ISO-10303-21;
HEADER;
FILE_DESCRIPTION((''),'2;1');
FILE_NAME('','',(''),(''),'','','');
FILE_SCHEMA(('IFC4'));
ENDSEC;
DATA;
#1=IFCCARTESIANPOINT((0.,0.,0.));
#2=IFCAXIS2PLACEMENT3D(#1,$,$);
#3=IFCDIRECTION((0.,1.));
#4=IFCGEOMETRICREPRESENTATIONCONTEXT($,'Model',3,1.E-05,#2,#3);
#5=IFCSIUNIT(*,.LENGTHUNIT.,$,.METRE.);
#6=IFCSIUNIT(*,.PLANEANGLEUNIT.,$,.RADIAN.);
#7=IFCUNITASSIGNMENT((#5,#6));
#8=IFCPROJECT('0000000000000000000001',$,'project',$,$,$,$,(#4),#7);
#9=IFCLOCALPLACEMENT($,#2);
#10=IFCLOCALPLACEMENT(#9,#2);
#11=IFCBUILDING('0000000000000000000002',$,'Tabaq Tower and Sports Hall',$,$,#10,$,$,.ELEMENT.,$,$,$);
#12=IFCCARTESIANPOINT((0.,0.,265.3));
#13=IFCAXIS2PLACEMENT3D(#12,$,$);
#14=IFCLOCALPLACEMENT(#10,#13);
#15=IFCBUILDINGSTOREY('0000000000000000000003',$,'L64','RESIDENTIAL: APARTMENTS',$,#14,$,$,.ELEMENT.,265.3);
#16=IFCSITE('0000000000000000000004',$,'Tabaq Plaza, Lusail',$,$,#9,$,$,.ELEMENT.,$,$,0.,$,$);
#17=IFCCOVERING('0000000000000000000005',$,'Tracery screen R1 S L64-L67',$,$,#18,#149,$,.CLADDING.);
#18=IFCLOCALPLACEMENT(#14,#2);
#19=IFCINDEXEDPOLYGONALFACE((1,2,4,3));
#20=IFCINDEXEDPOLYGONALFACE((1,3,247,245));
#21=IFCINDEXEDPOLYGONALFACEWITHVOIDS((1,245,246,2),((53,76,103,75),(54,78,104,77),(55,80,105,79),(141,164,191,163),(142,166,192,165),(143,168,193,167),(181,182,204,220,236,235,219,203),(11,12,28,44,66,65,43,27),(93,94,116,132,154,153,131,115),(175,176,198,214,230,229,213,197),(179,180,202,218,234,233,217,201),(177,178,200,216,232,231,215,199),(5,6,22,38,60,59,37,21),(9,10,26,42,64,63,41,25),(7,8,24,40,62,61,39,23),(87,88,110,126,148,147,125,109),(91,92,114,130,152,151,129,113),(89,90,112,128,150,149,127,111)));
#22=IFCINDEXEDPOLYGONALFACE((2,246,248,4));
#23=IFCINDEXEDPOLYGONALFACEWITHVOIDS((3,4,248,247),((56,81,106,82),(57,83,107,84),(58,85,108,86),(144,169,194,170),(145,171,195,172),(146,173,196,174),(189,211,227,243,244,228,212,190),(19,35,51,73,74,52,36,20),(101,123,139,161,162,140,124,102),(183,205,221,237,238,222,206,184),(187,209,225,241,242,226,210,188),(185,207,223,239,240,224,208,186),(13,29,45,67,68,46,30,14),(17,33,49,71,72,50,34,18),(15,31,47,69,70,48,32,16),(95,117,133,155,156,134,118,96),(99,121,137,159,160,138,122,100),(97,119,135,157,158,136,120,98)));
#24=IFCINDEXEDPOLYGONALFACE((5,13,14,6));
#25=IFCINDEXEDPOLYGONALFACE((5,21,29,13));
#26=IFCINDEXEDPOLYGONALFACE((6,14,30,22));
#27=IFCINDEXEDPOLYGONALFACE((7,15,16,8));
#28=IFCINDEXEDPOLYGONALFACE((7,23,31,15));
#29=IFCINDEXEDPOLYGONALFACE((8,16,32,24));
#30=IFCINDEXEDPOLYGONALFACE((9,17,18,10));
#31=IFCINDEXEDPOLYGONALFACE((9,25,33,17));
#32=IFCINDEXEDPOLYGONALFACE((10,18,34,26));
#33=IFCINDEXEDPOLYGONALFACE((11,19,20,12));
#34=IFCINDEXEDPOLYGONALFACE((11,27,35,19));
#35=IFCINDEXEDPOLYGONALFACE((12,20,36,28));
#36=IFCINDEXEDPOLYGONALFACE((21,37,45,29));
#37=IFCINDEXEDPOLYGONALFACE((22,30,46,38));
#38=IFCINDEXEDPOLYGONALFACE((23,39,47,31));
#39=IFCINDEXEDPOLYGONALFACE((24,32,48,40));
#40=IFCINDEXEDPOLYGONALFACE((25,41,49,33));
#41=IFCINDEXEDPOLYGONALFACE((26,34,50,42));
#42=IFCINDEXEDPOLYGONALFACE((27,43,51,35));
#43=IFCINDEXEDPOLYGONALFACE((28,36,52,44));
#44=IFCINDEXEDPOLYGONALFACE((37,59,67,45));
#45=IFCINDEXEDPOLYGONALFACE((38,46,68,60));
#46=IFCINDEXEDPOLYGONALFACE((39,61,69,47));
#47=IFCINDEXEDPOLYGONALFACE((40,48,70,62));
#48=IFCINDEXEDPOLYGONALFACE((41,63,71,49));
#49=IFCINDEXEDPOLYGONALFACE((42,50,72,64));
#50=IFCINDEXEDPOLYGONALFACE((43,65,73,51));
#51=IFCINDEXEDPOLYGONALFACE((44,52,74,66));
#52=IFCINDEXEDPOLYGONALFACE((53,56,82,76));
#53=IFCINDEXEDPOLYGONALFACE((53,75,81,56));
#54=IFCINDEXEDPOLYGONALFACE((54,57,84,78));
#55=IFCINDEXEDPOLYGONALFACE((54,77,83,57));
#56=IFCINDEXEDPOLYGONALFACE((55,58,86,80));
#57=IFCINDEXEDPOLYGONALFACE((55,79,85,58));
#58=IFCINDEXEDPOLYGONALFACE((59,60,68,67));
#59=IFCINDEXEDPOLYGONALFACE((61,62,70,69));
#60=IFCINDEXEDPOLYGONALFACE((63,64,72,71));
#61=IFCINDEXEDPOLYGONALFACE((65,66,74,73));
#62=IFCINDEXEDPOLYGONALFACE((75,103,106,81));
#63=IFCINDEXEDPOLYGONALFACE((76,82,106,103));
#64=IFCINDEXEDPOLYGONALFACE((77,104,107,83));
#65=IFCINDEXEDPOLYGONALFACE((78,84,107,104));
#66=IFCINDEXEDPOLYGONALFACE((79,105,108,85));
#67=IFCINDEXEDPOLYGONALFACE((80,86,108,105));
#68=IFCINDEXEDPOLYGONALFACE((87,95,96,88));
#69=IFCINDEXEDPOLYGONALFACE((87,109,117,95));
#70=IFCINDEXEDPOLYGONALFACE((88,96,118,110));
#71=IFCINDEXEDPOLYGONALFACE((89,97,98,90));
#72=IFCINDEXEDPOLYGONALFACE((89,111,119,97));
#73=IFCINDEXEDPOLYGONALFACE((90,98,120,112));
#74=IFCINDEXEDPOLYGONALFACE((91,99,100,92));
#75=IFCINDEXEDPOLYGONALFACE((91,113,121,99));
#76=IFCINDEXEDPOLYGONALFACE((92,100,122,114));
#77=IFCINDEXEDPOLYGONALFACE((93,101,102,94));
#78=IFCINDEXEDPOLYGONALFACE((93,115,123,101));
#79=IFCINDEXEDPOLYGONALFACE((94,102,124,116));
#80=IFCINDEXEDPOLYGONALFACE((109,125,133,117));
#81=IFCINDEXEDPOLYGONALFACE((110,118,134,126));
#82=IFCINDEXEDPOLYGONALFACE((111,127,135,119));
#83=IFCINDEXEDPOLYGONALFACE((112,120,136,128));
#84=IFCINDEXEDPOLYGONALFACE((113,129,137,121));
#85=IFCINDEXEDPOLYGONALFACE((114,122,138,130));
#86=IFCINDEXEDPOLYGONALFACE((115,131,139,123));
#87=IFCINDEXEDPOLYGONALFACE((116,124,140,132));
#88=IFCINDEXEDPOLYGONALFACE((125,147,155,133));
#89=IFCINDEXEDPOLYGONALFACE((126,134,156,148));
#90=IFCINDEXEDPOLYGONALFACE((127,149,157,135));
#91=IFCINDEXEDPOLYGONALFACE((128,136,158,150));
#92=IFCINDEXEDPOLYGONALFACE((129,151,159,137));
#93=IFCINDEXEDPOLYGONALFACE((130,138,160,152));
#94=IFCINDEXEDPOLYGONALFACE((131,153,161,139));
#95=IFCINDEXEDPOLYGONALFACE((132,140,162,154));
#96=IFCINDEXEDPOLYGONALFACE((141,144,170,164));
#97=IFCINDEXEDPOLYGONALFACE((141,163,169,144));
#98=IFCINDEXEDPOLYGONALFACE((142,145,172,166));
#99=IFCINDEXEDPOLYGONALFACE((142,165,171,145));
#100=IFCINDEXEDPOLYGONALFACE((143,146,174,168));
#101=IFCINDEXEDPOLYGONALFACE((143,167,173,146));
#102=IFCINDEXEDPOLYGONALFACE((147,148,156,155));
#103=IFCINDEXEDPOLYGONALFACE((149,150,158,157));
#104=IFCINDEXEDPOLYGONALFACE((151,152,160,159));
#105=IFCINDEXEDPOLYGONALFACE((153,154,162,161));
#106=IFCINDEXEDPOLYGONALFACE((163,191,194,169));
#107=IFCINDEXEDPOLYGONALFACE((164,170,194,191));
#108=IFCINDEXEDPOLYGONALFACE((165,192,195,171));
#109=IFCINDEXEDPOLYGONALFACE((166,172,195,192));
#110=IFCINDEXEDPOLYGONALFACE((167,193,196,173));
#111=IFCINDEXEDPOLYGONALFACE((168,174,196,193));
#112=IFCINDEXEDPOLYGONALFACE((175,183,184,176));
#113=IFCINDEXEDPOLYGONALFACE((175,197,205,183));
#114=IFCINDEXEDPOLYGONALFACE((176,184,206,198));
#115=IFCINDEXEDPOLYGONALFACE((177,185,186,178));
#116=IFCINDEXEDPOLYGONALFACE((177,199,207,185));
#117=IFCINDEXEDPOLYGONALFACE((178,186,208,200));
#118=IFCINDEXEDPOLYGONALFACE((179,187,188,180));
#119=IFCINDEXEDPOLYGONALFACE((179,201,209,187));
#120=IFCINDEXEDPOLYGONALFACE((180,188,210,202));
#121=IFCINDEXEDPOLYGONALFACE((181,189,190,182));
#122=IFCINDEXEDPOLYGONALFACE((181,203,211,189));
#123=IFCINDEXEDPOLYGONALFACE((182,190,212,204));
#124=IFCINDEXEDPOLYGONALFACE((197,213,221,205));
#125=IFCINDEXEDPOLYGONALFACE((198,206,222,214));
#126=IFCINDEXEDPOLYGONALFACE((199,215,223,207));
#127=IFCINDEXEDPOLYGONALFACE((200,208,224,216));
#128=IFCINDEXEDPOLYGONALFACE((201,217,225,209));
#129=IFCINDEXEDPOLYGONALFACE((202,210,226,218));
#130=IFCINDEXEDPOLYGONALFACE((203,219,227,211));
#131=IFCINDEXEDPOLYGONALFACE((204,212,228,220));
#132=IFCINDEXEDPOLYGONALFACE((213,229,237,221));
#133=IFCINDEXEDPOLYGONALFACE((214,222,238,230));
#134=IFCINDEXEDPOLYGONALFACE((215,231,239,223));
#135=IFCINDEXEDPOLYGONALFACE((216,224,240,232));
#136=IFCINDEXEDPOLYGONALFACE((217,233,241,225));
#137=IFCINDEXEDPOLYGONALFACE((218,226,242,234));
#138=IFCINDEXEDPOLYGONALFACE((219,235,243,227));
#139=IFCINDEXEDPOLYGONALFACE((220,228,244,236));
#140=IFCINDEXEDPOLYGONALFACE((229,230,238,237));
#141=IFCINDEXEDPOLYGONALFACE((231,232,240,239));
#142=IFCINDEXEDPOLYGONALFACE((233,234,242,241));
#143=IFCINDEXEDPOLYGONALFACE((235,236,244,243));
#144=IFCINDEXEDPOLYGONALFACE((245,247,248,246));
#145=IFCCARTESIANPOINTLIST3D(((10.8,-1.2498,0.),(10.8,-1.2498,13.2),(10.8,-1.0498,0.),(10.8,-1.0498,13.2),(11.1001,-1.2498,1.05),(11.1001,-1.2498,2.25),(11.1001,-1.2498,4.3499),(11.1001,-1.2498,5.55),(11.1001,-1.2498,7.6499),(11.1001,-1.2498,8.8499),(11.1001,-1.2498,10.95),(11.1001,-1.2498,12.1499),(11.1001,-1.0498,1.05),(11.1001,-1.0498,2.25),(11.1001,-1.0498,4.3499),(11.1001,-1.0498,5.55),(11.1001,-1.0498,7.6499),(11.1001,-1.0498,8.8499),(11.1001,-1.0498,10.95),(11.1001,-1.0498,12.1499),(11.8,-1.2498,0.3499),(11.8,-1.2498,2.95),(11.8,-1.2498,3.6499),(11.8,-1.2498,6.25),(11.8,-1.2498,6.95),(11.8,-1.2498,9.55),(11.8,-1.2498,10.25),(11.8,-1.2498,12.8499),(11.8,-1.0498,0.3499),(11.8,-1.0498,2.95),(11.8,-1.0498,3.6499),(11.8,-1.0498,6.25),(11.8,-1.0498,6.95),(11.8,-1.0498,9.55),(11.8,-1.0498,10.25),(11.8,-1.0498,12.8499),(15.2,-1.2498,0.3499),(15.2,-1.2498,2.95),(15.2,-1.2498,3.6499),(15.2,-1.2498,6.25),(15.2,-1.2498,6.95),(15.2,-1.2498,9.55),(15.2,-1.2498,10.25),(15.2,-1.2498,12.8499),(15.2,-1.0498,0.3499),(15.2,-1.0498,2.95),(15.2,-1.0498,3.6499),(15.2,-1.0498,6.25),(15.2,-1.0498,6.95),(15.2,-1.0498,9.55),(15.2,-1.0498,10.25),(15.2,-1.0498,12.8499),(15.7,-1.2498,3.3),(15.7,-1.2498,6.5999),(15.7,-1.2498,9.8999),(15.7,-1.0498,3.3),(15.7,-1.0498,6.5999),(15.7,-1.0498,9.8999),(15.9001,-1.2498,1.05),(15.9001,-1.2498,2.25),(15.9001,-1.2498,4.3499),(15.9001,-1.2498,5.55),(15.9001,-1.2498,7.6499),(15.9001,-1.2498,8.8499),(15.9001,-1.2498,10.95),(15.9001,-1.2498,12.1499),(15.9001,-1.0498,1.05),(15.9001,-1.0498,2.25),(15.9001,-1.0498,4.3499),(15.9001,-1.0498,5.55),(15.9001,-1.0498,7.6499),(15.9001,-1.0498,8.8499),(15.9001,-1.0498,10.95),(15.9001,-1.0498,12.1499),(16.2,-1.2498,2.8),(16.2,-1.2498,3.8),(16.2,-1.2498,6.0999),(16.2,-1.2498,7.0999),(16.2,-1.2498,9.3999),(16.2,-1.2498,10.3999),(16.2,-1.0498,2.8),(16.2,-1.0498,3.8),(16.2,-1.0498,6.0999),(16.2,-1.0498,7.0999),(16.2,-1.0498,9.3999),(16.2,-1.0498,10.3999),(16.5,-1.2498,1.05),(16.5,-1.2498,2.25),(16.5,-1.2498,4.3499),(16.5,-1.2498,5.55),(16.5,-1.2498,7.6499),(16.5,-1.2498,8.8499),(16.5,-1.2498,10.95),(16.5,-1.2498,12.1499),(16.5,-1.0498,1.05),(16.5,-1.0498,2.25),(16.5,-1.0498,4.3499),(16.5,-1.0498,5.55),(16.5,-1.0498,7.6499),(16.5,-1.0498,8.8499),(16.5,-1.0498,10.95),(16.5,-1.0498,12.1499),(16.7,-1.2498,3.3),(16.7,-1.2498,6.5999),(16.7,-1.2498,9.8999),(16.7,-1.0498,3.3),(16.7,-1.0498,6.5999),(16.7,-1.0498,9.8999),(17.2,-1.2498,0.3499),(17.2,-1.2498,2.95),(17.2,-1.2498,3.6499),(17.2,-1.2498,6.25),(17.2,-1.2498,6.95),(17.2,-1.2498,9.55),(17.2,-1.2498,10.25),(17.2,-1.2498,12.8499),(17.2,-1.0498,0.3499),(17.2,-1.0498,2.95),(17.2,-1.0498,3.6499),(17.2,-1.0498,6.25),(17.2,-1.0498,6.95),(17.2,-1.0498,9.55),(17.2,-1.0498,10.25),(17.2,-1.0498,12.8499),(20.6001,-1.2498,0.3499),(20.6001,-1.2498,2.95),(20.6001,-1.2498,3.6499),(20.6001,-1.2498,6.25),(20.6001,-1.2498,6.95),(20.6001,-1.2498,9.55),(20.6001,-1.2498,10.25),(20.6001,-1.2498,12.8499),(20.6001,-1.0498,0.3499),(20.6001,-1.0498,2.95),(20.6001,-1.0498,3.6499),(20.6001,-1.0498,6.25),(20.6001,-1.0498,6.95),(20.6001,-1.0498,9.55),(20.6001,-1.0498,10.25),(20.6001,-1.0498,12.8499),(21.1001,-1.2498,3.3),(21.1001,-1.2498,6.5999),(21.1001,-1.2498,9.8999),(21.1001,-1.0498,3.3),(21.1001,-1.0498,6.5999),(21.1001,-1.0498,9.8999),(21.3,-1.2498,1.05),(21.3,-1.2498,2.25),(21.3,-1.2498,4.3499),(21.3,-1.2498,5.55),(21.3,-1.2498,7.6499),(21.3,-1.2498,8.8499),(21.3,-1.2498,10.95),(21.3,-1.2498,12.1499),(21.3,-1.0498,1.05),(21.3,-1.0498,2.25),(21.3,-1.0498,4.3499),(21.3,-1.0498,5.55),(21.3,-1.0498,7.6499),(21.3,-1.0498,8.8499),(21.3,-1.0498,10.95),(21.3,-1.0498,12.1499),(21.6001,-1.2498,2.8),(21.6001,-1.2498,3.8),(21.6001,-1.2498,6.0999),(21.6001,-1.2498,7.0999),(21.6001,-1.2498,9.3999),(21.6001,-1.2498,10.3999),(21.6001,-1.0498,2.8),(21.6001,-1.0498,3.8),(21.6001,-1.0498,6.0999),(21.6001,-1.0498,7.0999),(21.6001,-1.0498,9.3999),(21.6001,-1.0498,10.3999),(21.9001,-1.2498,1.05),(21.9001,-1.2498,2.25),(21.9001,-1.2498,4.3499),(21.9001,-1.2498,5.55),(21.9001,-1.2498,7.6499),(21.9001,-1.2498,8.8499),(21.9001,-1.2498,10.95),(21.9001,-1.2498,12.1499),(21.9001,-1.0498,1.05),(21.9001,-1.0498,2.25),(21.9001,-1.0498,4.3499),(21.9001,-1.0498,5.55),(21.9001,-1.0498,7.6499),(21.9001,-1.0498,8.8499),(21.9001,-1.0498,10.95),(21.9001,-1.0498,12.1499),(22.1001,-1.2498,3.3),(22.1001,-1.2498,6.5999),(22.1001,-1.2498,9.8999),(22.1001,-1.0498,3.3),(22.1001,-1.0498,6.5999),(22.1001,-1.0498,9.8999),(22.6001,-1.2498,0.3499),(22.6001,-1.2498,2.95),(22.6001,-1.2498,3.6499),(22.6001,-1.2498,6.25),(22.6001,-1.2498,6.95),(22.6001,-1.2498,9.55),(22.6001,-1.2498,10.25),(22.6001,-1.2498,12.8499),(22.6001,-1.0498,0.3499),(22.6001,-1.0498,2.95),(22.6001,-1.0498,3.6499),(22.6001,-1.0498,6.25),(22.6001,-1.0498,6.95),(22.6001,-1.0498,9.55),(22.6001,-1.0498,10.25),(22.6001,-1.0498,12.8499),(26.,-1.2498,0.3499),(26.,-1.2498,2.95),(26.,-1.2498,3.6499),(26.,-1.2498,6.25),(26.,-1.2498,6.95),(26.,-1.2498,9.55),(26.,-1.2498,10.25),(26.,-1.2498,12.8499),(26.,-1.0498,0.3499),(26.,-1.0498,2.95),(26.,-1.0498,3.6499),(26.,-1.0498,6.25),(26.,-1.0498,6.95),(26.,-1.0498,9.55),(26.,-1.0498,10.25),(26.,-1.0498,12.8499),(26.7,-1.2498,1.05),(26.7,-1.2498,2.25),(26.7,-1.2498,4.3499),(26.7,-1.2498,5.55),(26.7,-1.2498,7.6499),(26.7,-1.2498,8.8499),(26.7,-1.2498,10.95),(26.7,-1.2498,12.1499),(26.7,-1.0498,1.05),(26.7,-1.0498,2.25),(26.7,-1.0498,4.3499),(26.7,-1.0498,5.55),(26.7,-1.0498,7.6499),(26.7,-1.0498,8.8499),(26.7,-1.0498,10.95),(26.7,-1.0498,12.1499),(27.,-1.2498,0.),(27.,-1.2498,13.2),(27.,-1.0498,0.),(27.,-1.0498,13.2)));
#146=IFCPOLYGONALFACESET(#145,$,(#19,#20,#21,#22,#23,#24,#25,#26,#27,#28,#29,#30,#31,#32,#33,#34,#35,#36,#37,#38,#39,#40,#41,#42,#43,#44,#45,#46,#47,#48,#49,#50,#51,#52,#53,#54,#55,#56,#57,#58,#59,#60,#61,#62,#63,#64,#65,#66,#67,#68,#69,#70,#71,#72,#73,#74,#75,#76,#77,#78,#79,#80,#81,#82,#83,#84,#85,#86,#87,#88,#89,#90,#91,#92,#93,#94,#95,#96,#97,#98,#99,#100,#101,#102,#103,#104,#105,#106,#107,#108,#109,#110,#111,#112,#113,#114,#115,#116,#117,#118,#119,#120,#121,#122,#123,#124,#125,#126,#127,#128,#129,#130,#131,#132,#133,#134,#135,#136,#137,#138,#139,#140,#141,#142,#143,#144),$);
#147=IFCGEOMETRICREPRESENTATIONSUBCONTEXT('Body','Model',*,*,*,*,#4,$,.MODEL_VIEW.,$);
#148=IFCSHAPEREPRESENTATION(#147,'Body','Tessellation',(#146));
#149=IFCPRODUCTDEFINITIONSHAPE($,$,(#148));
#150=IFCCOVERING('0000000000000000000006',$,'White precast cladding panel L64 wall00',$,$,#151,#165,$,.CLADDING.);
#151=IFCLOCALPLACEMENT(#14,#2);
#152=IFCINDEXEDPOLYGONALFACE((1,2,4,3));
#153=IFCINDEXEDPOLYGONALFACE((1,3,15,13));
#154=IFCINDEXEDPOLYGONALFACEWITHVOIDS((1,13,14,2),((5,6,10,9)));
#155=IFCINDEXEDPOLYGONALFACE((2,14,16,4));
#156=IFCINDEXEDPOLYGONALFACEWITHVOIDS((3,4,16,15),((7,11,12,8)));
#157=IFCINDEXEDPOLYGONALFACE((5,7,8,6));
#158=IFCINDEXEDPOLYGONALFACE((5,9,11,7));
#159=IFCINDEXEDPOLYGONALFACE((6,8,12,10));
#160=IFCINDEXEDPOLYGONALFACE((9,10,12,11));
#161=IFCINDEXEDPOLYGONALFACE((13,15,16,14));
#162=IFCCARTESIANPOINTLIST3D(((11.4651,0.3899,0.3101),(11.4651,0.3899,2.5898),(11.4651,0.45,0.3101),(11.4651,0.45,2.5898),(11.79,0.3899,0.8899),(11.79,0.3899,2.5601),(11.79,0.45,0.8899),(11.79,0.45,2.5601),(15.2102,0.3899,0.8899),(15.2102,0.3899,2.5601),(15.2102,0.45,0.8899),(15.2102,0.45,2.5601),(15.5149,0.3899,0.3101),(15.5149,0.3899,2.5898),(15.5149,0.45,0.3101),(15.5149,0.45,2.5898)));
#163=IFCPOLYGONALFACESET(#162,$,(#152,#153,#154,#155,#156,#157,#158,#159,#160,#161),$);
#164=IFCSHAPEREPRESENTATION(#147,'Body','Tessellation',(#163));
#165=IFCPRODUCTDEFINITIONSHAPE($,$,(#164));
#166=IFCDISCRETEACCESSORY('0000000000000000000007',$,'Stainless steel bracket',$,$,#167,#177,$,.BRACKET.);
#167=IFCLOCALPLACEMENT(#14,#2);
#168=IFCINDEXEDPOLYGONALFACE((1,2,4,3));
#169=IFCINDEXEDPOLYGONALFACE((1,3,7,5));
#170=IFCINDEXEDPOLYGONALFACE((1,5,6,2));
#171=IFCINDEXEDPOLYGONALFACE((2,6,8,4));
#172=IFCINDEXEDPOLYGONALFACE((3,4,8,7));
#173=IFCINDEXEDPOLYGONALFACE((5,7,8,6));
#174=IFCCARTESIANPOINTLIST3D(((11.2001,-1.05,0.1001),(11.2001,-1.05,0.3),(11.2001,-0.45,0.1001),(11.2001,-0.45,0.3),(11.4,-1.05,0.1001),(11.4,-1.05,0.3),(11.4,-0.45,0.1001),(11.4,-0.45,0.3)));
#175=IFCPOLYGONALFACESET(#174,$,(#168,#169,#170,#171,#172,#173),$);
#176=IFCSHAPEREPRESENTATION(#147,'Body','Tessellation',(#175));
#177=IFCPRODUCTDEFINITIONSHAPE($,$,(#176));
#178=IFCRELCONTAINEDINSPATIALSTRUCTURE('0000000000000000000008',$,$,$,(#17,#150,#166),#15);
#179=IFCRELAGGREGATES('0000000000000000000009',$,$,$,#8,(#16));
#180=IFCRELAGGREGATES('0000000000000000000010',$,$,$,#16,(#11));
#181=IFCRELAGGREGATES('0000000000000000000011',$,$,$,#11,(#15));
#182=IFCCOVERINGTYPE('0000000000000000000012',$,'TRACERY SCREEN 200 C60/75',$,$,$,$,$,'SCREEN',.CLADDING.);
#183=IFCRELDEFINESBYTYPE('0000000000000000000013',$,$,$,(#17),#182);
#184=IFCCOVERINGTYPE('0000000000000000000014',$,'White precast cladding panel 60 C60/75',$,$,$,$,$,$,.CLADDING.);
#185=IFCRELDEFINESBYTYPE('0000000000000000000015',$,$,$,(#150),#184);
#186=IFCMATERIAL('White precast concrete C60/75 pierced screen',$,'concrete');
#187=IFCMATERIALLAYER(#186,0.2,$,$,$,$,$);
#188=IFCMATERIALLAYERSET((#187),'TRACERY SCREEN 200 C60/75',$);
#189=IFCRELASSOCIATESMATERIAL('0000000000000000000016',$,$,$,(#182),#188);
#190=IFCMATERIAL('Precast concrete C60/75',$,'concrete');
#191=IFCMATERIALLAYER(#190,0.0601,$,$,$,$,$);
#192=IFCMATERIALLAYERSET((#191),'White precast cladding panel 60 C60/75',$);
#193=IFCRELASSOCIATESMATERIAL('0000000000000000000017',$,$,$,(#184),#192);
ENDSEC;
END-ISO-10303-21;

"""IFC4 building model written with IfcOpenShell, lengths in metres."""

from ifc_helpers import new_model, si_unit, direction, frame, origin, origin_2d, place, context, subcontext, project, spatial, polyline, rectangle, outline, extrude, material, layer, layer_set, type_object, element, save


model = new_model("IFC4")

# Units and contexts
model_context = context("Model", 3, precision=1e-05, world=origin(), true_north=direction((0.0, 1.0)))
body_context = subcontext(model_context, "Body", "Model", "MODEL_VIEW")
ifc_project = project(units=[si_unit("LENGTHUNIT", "METRE"), si_unit("PLANEANGLEUNIT", "RADIAN")], contexts=[model_context])

# Site, building, storey
site_placement = place(None, origin())
site = spatial("IfcSite", under=ifc_project, at=site_placement, Name="Tabaq Plaza, Lusail", CompositionType="ELEMENT", RefElevation=0.0)
building_placement = place(site_placement, origin())
building = spatial("IfcBuilding", under=site, at=building_placement, Name="Tabaq Tower and Sports Hall", CompositionType="ELEMENT")
storey_placement = place(building_placement, frame((0.0, 0.0, 265.3)))
storey = spatial("IfcBuildingStorey", under=building, at=storey_placement, Name="L64", Description="RESIDENTIAL: APARTMENTS", CompositionType="ELEMENT", Elevation=265.3)

# Coverings
ifc_material_1 = material(Name="White precast concrete C60/75 pierced screen", Category="concrete")
ifc_layer_1 = layer(ifc_material_1, 0.2)
ifc_layer_set_1 = layer_set([ifc_layer_1], Name="TRACERY SCREEN 200 C60/75")
covering_type_1 = type_object("IfcCoveringType", Name="TRACERY SCREEN 200 C60/75", ElementType="SCREEN", PredefinedType="CLADDING", material=ifc_layer_set_1)
covering_1_placement = place(storey_placement, frame((10.8, -1.1499, 0.0), z_axis=(0.0, 0.0, 1.0), x_axis=(1.0, 0.0, 0.0)))
element("IfcCovering", 1, at=covering_1_placement, inside=storey, type_object=covering_type_1, Name="Tracery screen R1 S L64-L67", PredefinedType="CLADDING", context=body_context, shape_type="SweptSolid", body=[
    extrude(outline(polyline([(0.0, 0.0), (16.2, 0.0), (16.2, 13.2), (0.0, 13.2), (0.0, 0.0)]), holes=[polyline([(1.0, 0.3499), (4.3999, 0.3499), (5.1001, 1.05), (5.1001, 2.25), (4.3999, 2.95), (1.0, 2.95), (0.3, 2.25), (0.3, 1.05), (1.0, 0.3499)]), polyline([(6.3999, 0.3499), (9.8, 0.3499), (10.5, 1.05), (10.5, 2.25), (9.8, 2.95), (6.3999, 2.95), (5.7, 2.25), (5.7, 1.05), (6.3999, 0.3499)]), polyline([(11.8, 0.3499), (15.2, 0.3499), (15.8999, 1.05), (15.8999, 2.25), (15.2, 2.95), (11.8, 2.95), (11.1001, 2.25), (11.1001, 1.05), (11.8, 0.3499)]), polyline([(1.0, 3.6499), (4.3999, 3.6499), (5.1001, 4.3499), (5.1001, 5.55), (4.3999, 6.25), (1.0, 6.25), (0.3, 5.55), (0.3, 4.3499), (1.0, 3.6499)]), polyline([(6.3999, 3.6499), (9.8, 3.6499), (10.5, 4.3499), (10.5, 5.55), (9.8, 6.25), (6.3999, 6.25), (5.7, 5.55), (5.7, 4.3499), (6.3999, 3.6499)]), polyline([(11.8, 3.6499), (15.2, 3.6499), (15.8999, 4.3499), (15.8999, 5.55), (15.2, 6.25), (11.8, 6.25), (11.1001, 5.55), (11.1001, 4.3499), (11.8, 3.6499)]), polyline([(1.0, 6.95), (4.3999, 6.95), (5.1001, 7.6499), (5.1001, 8.8499), (4.3999, 9.55), (1.0, 9.55), (0.3, 8.8499), (0.3, 7.6499), (1.0, 6.95)]), polyline([(6.3999, 6.95), (9.8, 6.95), (10.5, 7.6499), (10.5, 8.8499), (9.8, 9.55), (6.3999, 9.55), (5.7, 8.8499), (5.7, 7.6499), (6.3999, 6.95)]), polyline([(11.8, 6.95), (15.2, 6.95), (15.8999, 7.6499), (15.8999, 8.8499), (15.2, 9.55), (11.8, 9.55), (11.1001, 8.8499), (11.1001, 7.6499), (11.8, 6.95)]), polyline([(1.0, 10.25), (4.3999, 10.25), (5.1001, 10.95), (5.1001, 12.1499), (4.3999, 12.8499), (1.0, 12.8499), (0.3, 12.1499), (0.3, 10.95), (1.0, 10.25)]), polyline([(6.3999, 10.25), (9.8, 10.25), (10.5, 10.95), (10.5, 12.1499), (9.8, 12.8499), (6.3999, 12.8499), (5.7, 12.1499), (5.7, 10.95), (6.3999, 10.25)]), polyline([(11.8, 10.25), (15.2, 10.25), (15.8999, 10.95), (15.8999, 12.1499), (15.2, 12.8499), (11.8, 12.8499), (11.1001, 12.1499), (11.1001, 10.95), (11.8, 10.25)]), polyline([(5.8999, 3.3), (5.3999, 3.8), (4.8999, 3.3), (5.3999, 2.8), (5.8999, 3.3)]), polyline([(11.3, 3.3), (10.8, 3.8), (10.3, 3.3), (10.8, 2.8), (11.3, 3.3)]), polyline([(5.8999, 6.5999), (5.3999, 7.0999), (4.8999, 6.5999), (5.3999, 6.0999), (5.8999, 6.5999)]), polyline([(11.3, 6.5999), (10.8, 7.0999), (10.3, 6.5999), (10.8, 6.0999), (11.3, 6.5999)]), polyline([(5.8999, 9.8999), (5.3999, 10.3999), (4.8999, 9.8999), (5.3999, 9.3999), (5.8999, 9.8999)]), polyline([(11.3, 9.8999), (10.8, 10.3999), (10.3, 9.8999), (10.8, 9.3999), (11.3, 9.8999)])]), frame((0.0, 0.1001, 0.0), z_axis=(0.0, -1.0, 0.0), x_axis=(1.0, 0.0, 0.0)), (0.0, 0.0, 1.0), 0.2),
])
ifc_material_2 = material(Name="Precast concrete C60/75", Category="concrete")
ifc_layer_2 = layer(ifc_material_2, 0.0601)
ifc_layer_set_2 = layer_set([ifc_layer_2], Name="White precast cladding panel 60 C60/75")
covering_type_2 = type_object("IfcCoveringType", Name="White precast cladding panel 60 C60/75", PredefinedType="CLADDING", material=ifc_layer_set_2)
covering_2_placement = place(storey_placement, frame((11.4651, 0.4199, 0.3101), z_axis=(0.0, 0.0, 1.0), x_axis=(1.0, 0.0, 0.0)))
element("IfcCovering", 2, at=covering_2_placement, inside=storey, type_object=covering_type_2, Name="White precast cladding panel L64 wall00", PredefinedType="CLADDING", context=body_context, shape_type="SweptSolid", body=[
    extrude(outline(polyline([(0.0, 0.0), (4.0498, 0.0), (4.0498, 2.2798), (0.0, 2.2798), (0.0, 0.0)]), holes=[polyline([(3.7451, 0.5798), (0.325, 0.5798), (0.325, 2.25), (3.7451, 2.25), (3.7451, 0.5798)])]), frame((0.0, 0.03, 0.0), z_axis=(0.0, -1.0, 0.0), x_axis=(1.0, 0.0, 0.0)), (0.0, 0.0, 1.0), 0.0601),
])

# Discrete accessory
discrete_accessory_placement = place(storey_placement, frame((11.3, -0.75, 0.1001), z_axis=(0.0, 0.0, 1.0), x_axis=(0.0, -1.0, 0.0)))
element("IfcDiscreteAccessory", 3, at=discrete_accessory_placement, inside=storey, Name="Stainless steel bracket", PredefinedType="BRACKET", context=body_context, shape_type="SweptSolid", body=[
    extrude(rectangle(XDim=0.6001, YDim=0.2, at=origin_2d()), origin(), (0.0, 0.0, 1.0), 0.2),
])

save(model, "model.ifc")
